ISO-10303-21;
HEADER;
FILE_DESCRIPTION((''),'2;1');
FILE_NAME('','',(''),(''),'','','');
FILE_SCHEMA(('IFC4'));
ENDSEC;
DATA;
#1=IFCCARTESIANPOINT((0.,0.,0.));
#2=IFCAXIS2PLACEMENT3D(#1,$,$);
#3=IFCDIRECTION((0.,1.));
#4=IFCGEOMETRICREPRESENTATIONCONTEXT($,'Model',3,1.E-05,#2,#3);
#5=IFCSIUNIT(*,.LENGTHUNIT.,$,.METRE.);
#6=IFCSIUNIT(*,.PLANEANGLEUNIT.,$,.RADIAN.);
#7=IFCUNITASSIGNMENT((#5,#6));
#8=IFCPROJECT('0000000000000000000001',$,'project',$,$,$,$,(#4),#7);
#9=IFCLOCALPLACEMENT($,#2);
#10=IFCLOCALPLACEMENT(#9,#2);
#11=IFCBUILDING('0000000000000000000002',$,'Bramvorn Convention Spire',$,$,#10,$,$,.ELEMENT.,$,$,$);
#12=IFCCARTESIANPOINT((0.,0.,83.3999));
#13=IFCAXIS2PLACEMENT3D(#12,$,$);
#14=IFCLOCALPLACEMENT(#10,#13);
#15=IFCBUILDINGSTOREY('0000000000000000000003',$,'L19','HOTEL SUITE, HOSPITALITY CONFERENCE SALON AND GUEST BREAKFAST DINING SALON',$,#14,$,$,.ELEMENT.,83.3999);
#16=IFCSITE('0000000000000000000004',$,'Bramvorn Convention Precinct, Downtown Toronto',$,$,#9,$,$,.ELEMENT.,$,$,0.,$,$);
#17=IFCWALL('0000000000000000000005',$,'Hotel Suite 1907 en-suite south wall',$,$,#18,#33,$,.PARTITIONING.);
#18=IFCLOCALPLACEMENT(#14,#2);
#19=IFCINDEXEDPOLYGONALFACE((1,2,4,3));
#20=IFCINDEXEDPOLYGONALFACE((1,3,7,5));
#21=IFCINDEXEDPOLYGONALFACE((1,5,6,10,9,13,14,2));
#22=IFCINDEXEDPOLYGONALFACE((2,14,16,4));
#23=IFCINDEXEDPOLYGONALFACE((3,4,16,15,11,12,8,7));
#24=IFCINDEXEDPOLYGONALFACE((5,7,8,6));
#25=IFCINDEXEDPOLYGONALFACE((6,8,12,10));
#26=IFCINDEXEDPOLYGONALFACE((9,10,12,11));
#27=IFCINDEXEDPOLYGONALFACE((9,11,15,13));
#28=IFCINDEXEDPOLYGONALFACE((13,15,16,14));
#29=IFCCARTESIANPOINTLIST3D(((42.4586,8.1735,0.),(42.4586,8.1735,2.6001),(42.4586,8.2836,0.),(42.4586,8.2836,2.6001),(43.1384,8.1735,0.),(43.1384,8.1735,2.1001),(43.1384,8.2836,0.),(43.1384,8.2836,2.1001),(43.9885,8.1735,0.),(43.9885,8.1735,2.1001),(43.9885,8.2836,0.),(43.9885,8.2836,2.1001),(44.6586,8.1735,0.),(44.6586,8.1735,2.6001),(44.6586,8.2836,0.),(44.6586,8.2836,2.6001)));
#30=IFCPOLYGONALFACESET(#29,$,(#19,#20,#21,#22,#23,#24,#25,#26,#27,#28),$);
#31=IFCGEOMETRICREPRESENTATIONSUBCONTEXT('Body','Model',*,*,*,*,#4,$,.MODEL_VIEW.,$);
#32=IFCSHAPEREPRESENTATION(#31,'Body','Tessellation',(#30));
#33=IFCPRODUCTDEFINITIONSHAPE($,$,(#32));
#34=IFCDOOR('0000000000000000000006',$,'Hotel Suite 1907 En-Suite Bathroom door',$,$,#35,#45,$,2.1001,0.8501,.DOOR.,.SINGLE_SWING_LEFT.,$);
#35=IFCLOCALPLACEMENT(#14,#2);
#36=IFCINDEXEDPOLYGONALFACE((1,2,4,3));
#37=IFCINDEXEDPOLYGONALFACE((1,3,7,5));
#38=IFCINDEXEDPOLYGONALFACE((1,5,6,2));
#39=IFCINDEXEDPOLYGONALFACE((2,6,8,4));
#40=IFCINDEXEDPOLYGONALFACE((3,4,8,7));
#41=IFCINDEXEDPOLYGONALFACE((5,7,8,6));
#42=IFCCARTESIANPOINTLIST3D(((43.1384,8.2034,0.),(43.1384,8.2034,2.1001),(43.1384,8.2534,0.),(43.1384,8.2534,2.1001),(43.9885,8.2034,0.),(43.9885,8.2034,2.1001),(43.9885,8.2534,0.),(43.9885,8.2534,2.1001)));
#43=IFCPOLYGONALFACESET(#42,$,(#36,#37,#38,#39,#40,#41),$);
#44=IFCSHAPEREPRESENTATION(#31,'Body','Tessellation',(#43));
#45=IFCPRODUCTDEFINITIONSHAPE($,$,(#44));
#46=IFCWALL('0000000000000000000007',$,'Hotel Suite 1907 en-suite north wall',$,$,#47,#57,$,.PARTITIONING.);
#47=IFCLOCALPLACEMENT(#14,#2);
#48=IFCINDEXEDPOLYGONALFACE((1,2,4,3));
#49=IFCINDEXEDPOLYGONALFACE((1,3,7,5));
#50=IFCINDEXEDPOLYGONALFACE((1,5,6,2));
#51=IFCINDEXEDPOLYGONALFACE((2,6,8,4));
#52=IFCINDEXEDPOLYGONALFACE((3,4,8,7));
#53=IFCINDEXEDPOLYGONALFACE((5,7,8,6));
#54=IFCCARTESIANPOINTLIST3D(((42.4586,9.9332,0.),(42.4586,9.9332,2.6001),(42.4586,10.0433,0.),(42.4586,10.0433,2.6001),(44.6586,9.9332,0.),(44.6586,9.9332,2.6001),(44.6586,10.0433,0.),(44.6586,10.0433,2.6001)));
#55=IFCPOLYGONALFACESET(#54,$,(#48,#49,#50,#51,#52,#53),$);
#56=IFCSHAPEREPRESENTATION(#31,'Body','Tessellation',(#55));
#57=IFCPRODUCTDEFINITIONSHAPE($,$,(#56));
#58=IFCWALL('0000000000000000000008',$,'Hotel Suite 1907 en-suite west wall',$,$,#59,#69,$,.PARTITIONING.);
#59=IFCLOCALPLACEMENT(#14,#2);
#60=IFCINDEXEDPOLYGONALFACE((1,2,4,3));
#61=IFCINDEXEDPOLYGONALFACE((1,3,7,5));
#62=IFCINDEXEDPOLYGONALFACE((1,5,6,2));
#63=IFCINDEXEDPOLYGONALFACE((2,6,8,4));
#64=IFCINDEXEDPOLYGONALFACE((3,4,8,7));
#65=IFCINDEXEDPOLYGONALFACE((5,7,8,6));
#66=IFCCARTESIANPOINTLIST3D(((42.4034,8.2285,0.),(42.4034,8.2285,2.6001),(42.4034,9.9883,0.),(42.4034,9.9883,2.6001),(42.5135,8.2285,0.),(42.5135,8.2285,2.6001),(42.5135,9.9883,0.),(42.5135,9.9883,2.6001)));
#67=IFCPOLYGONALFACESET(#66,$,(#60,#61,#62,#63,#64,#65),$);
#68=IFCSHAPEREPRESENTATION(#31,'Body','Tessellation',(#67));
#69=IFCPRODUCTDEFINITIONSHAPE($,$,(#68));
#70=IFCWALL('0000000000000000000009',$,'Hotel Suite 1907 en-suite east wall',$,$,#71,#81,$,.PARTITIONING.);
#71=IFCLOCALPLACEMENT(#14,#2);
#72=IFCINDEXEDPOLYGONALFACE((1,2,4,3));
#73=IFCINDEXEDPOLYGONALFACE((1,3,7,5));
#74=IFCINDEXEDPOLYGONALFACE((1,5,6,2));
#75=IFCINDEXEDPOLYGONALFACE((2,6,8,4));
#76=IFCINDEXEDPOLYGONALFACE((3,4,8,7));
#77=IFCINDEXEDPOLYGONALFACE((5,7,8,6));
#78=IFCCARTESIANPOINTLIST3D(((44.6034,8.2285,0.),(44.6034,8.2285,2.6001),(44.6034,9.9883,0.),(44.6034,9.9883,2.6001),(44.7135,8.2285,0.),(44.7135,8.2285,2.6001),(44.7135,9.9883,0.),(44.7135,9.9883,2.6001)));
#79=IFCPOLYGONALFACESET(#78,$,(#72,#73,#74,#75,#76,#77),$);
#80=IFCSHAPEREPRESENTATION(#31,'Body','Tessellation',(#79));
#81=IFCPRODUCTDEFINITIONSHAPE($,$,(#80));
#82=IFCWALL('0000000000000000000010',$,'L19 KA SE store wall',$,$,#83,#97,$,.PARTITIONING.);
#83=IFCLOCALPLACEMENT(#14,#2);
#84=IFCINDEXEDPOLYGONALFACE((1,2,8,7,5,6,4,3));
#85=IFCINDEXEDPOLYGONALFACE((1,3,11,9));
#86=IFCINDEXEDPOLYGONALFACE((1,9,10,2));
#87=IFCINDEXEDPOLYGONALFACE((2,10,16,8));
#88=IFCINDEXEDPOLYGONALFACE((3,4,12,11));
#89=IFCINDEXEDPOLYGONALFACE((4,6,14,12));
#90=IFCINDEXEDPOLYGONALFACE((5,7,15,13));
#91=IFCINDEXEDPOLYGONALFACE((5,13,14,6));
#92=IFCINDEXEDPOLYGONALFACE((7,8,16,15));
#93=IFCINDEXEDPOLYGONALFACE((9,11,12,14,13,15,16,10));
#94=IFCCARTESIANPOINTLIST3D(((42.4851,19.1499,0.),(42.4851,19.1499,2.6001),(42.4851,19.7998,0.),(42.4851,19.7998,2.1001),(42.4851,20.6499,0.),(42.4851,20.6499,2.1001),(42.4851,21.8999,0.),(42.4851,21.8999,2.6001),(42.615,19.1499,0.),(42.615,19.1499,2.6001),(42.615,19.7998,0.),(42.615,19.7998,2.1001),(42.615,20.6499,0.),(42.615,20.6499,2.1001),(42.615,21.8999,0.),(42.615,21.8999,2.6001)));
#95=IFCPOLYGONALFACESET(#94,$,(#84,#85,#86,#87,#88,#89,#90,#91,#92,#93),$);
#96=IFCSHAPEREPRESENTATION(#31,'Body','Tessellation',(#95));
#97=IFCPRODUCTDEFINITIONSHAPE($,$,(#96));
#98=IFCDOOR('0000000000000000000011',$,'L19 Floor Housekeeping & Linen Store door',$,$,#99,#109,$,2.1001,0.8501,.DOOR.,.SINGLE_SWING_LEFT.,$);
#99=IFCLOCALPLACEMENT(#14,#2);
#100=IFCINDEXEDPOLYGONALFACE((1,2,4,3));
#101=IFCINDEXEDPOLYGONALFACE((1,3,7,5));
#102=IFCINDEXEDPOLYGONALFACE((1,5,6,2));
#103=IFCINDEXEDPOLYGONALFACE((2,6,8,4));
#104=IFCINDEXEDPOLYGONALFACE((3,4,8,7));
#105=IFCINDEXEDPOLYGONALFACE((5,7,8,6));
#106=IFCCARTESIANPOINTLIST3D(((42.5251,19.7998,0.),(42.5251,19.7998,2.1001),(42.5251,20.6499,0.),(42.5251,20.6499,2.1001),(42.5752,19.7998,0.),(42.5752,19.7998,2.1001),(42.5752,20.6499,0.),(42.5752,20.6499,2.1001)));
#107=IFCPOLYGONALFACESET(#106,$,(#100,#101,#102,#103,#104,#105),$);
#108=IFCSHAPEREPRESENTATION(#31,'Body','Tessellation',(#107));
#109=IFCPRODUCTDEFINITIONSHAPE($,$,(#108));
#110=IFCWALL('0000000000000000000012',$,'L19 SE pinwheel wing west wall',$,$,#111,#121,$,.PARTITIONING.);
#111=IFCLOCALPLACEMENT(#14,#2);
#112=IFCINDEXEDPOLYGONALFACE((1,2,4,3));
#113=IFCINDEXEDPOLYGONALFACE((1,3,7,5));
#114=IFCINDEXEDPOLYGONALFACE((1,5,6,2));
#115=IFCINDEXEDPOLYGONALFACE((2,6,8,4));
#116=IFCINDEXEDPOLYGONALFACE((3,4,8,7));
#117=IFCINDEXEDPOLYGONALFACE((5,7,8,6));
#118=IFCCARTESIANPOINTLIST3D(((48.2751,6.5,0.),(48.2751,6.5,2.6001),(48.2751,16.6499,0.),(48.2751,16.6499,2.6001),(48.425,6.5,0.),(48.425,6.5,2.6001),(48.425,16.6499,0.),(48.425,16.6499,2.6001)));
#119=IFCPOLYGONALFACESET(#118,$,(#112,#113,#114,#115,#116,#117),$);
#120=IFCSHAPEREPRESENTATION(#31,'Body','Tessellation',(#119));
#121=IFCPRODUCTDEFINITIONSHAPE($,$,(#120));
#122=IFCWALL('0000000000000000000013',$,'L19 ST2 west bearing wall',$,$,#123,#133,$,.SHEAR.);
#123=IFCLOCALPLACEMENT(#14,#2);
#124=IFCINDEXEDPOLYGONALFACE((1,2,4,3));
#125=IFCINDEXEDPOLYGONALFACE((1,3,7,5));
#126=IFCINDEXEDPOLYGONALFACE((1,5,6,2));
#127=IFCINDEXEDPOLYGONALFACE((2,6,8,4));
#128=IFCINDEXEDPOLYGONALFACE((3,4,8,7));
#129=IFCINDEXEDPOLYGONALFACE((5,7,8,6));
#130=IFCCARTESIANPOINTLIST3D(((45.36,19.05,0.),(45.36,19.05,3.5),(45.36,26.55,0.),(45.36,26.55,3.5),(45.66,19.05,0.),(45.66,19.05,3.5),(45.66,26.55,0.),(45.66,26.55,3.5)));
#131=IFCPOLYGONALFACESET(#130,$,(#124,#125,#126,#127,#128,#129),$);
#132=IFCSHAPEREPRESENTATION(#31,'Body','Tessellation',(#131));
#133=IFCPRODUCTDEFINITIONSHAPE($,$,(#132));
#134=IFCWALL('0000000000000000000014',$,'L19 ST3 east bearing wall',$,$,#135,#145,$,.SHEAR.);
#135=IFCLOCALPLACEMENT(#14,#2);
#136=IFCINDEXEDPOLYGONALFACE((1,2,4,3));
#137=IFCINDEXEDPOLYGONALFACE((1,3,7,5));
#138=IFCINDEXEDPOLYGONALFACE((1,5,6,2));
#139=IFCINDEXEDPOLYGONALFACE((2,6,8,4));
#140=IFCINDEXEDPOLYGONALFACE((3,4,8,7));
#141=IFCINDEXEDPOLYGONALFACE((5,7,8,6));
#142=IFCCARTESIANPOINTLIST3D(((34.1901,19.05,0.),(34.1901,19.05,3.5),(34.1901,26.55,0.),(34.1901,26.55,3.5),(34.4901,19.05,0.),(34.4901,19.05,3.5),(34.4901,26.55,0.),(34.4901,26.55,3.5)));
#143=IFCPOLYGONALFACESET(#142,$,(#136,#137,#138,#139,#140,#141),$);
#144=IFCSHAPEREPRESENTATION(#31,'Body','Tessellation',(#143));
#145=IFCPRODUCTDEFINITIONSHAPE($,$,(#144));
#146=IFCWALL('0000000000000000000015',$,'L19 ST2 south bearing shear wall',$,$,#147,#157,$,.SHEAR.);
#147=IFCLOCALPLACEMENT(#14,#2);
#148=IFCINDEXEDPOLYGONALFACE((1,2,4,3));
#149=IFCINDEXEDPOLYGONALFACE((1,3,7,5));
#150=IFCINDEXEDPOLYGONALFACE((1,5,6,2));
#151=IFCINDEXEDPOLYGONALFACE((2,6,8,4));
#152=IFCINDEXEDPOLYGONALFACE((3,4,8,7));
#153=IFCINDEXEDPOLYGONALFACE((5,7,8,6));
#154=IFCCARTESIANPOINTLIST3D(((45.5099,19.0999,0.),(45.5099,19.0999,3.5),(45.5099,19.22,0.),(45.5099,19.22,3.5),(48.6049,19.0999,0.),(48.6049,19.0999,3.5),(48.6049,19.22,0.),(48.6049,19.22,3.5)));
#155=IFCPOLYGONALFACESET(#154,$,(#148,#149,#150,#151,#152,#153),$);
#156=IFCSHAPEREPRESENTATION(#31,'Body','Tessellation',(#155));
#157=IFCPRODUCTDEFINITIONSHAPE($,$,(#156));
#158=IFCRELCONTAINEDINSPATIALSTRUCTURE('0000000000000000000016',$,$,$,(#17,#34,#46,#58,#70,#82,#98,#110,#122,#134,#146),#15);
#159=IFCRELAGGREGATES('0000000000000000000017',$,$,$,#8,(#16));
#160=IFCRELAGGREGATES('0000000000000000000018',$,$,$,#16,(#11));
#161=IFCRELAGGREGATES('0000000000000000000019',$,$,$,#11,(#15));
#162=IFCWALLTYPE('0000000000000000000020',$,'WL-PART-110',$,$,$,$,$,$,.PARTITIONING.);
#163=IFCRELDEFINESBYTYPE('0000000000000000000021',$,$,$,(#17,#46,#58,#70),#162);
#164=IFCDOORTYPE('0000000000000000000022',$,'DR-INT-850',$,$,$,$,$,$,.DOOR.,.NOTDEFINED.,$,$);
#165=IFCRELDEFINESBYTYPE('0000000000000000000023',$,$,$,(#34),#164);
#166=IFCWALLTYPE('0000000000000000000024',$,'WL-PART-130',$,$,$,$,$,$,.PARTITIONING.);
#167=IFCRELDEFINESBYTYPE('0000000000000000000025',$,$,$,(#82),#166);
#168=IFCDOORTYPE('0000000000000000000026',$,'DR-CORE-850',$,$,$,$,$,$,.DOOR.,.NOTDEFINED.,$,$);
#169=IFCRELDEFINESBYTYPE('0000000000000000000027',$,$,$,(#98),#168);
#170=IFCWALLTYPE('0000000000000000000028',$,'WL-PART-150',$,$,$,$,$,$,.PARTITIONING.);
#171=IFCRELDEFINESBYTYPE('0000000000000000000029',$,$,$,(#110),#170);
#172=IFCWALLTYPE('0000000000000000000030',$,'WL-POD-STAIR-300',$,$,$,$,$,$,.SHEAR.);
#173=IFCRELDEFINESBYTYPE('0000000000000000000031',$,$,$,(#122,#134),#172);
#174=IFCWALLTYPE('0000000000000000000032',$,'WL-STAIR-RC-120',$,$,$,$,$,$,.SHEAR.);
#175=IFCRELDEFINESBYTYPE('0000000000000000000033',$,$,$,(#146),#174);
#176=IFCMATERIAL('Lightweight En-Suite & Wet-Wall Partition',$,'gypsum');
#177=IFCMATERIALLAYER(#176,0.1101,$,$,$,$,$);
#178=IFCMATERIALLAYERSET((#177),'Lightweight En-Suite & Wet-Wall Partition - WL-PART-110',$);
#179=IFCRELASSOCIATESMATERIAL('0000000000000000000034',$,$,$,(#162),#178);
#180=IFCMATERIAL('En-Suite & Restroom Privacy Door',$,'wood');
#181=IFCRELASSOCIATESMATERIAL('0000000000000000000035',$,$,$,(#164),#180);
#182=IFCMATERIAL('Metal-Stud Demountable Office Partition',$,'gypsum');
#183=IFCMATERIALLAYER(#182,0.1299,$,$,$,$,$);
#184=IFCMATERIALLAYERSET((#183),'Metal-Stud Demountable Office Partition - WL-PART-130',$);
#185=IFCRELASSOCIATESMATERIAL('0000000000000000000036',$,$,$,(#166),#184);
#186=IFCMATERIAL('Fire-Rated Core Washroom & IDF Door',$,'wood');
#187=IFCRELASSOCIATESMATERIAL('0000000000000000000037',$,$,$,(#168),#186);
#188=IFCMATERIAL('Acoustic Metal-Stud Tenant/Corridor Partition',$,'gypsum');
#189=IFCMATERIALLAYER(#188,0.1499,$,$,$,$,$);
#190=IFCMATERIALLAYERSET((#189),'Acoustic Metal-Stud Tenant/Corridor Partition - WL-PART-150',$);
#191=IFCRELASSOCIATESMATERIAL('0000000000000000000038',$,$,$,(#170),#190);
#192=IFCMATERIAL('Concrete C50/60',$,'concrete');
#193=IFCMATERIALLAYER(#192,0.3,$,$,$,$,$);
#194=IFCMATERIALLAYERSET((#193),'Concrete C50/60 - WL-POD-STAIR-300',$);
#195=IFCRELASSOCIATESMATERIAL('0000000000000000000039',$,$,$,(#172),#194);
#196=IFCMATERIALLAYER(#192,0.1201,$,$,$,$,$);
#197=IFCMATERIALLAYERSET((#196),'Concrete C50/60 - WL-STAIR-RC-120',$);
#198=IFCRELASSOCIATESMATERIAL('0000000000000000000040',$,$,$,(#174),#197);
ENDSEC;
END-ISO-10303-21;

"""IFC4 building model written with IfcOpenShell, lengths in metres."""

from ifc_helpers import new_model, si_unit, direction, frame, frame_2d, origin, place, context, subcontext, project, spatial, rectangle, extrude, material, layer, layer_set, type_object, element, fill, save


model = new_model("IFC4")

# Units and contexts
model_context = context("Model", 3, precision=1e-05, world=origin(), true_north=direction((0.0, 1.0)))
body_context = subcontext(model_context, "Body", "Model", "MODEL_VIEW")
ifc_project = project(units=[si_unit("LENGTHUNIT", "METRE"), si_unit("PLANEANGLEUNIT", "RADIAN")], contexts=[model_context])

# Site, building, storey
site_placement = place(None, origin())
site = spatial("IfcSite", under=ifc_project, at=site_placement, Name="Bramvorn Convention Precinct, Downtown Toronto", CompositionType="ELEMENT", RefElevation=0.0)
building_placement = place(site_placement, origin())
building = spatial("IfcBuilding", under=site, at=building_placement, Name="Bramvorn Convention Spire", CompositionType="ELEMENT")
storey_placement = place(building_placement, frame((0.0, 0.0, 83.3999)))
storey = spatial("IfcBuildingStorey", under=building, at=storey_placement, Name="L19", Description="HOTEL SUITE, HOSPITALITY CONFERENCE SALON AND GUEST BREAKFAST DINING SALON", CompositionType="ELEMENT", Elevation=83.3999)

# Shared definitions
ifc_material_1 = material(Name="Concrete C50/60", Category="concrete")
ifc_material_2 = material(Name="Lightweight En-Suite & Wet-Wall Partition", Category="gypsum")
ifc_layer_1 = layer(ifc_material_2, 0.1101)
ifc_layer_set_1 = layer_set([ifc_layer_1], Name="Lightweight En-Suite & Wet-Wall Partition - WL-PART-110")
wall_type_1 = type_object("IfcWallType", Name="WL-PART-110", PredefinedType="PARTITIONING", material=ifc_layer_set_1)

# Wall, opening, door
wall_1_placement = place(storey_placement, frame((42.4585, 8.2285, 0.0), z_axis=(0.0, 0.0, 1.0), x_axis=(1.0, 0.0, 0.0)))
wall_1 = element("IfcWall", 1, at=wall_1_placement, inside=storey, type_object=wall_type_1, Name="Hotel Suite 1907 en-suite south wall", PredefinedType="PARTITIONING", context=body_context, shape_type="SweptSolid", body=[
    extrude(rectangle(XDim=2.2, YDim=0.1101, at=frame_2d((1.1001, 0.0))), origin(), (0.0, 0.0, 1.0), 2.6001),
])
opening_1_placement = place(wall_1_placement, frame((0.6799, 0.0, 0.0)))
opening_1 = element("IfcOpeningElement", 2, at=opening_1_placement, cuts=wall_1, PredefinedType="OPENING", context=body_context, shape_type="SweptSolid", body=[
    extrude(rectangle(XDim=0.8501, YDim=2.1001, at=frame_2d((0.425, 1.05))), frame((0.0, 0.0649, 0.0), z_axis=(0.0, -1.0, 0.0), x_axis=(1.0, 0.0, 0.0)), (0.0, 0.0, 1.0), 0.1301),
])
ifc_material_3 = material(Name="En-Suite & Restroom Privacy Door", Category="wood")
door_type_1 = type_object("IfcDoorType", Name="DR-INT-850", OperationType="NOTDEFINED", PredefinedType="DOOR", material=ifc_material_3)
door_1_placement = place(opening_1_placement, origin())
door_1 = element("IfcDoor", 3, at=door_1_placement, inside=storey, type_object=door_type_1, Name="Hotel Suite 1907 En-Suite Bathroom door", OperationType="SINGLE_SWING_LEFT", OverallHeight=2.1001, OverallWidth=0.8501, PredefinedType="DOOR", context=body_context, shape_type="SweptSolid", body=[
    extrude(rectangle(XDim=0.8501, YDim=2.1001, at=frame_2d((0.425, 1.05))), frame((0.0, 0.0249, 0.0), z_axis=(0.0, -1.0, 0.0), x_axis=(1.0, 0.0, 0.0)), (0.0, 0.0, 1.0), 0.05),
])
fill(opening_1, door_1)

# Walls
wall_2_placement = place(storey_placement, frame((42.4585, 9.9883, 0.0), z_axis=(0.0, 0.0, 1.0), x_axis=(1.0, 0.0, 0.0)))
element("IfcWall", 4, at=wall_2_placement, inside=storey, type_object=wall_type_1, Name="Hotel Suite 1907 en-suite north wall", PredefinedType="PARTITIONING", context=body_context, shape_type="SweptSolid", body=[
    extrude(rectangle(XDim=2.2, YDim=0.1101, at=frame_2d((1.1001, 0.0))), origin(), (0.0, 0.0, 1.0), 2.6001),
])
for number, where, z_axis, x_axis, name in (
    (5, (42.4585, 8.2285, 0.0), (0.0, 0.0, 1.0), (0.0, 1.0, 0.0), "Hotel Suite 1907 en-suite west wall"),
    (6, (44.6584, 8.2285, 0.0), (0.0, 0.0, 1.0), (0.0, 1.0, 0.0), "Hotel Suite 1907 en-suite east wall"),
):
    element("IfcWall", number, at=place(storey_placement, frame(where, z_axis=z_axis, x_axis=x_axis)), inside=storey, type_object=wall_type_1, Name=name, PredefinedType="PARTITIONING", context=body_context, shape_type="SweptSolid", body=[
        extrude(rectangle(XDim=1.7598, YDim=0.1101, at=frame_2d((0.8799, 0.0))), origin(), (0.0, 0.0, 1.0), 2.6001),
    ])

# Wall, opening, door
ifc_material_4 = material(Name="Metal-Stud Demountable Office Partition", Category="gypsum")
ifc_layer_2 = layer(ifc_material_4, 0.1299)
ifc_layer_set_2 = layer_set([ifc_layer_2], Name="Metal-Stud Demountable Office Partition - WL-PART-130")
wall_type_2 = type_object("IfcWallType", Name="WL-PART-130", PredefinedType="PARTITIONING", material=ifc_layer_set_2)
wall_3_placement = place(storey_placement, frame((42.55, 19.1499, 0.0), z_axis=(0.0, 0.0, 1.0), x_axis=(0.0, 1.0, 0.0)))
wall_3 = element("IfcWall", 7, at=wall_3_placement, inside=storey, type_object=wall_type_2, Name="L19 KA SE store wall", PredefinedType="PARTITIONING", context=body_context, shape_type="SweptSolid", body=[
    extrude(rectangle(XDim=2.75, YDim=0.1299, at=frame_2d((1.375, 0.0))), origin(), (0.0, 0.0, 1.0), 2.6001),
])
opening_2_placement = place(wall_3_placement, frame((0.6499, 0.0, 0.0)))
opening_2 = element("IfcOpeningElement", 8, at=opening_2_placement, cuts=wall_3, PredefinedType="OPENING", context=body_context, shape_type="SweptSolid", body=[
    extrude(rectangle(XDim=0.8501, YDim=2.1001, at=frame_2d((0.425, 1.05))), frame((0.0, 0.075, 0.0), z_axis=(0.0, -1.0, 0.0), x_axis=(1.0, 0.0, 0.0)), (0.0, 0.0, 1.0), 0.1499),
])
ifc_material_5 = material(Name="Fire-Rated Core Washroom & IDF Door", Category="wood")
door_type_2 = type_object("IfcDoorType", Name="DR-CORE-850", OperationType="NOTDEFINED", PredefinedType="DOOR", material=ifc_material_5)
door_2_placement = place(opening_2_placement, origin())
door_2 = element("IfcDoor", 9, at=door_2_placement, inside=storey, type_object=door_type_2, Name="L19 Floor Housekeeping & Linen Store door", OperationType="SINGLE_SWING_LEFT", OverallHeight=2.1001, OverallWidth=0.8501, PredefinedType="DOOR", context=body_context, shape_type="SweptSolid", body=[
    extrude(rectangle(XDim=0.8501, YDim=2.1001, at=frame_2d((0.425, 1.05))), frame((0.0, 0.0249, 0.0), z_axis=(0.0, -1.0, 0.0), x_axis=(1.0, 0.0, 0.0)), (0.0, 0.0, 1.0), 0.05),
])
fill(opening_2, door_2)

# Walls
ifc_material_6 = material(Name="Acoustic Metal-Stud Tenant/Corridor Partition", Category="gypsum")
ifc_layer_3 = layer(ifc_material_6, 0.1499)
ifc_layer_set_3 = layer_set([ifc_layer_3], Name="Acoustic Metal-Stud Tenant/Corridor Partition - WL-PART-150")
wall_type_3 = type_object("IfcWallType", Name="WL-PART-150", PredefinedType="PARTITIONING", material=ifc_layer_set_3)
wall_4_placement = place(storey_placement, frame((48.3501, 6.5, 0.0), z_axis=(0.0, 0.0, 1.0), x_axis=(0.0, 1.0, 0.0)))
element("IfcWall", 10, at=wall_4_placement, inside=storey, type_object=wall_type_3, Name="L19 SE pinwheel wing west wall", PredefinedType="PARTITIONING", context=body_context, shape_type="SweptSolid", body=[
    extrude(rectangle(XDim=10.1499, YDim=0.1499, at=frame_2d((5.075, 0.0))), origin(), (0.0, 0.0, 1.0), 2.6001),
])
ifc_layer_4 = layer(ifc_material_1, 0.3)
ifc_layer_set_4 = layer_set([ifc_layer_4], Name="Concrete C50/60 - WL-POD-STAIR-300")
wall_type_4 = type_object("IfcWallType", Name="WL-POD-STAIR-300", PredefinedType="SHEAR", material=ifc_layer_set_4)
for number, where, z_axis, x_axis, name in (
    (11, (45.51, 19.05, 0.0), (0.0, 0.0, 1.0), (0.0, 1.0, 0.0), "L19 ST2 west bearing wall"),
    (12, (34.3401, 19.05, 0.0), (0.0, 0.0, 1.0), (0.0, 1.0, 0.0), "L19 ST3 east bearing wall"),
):
    element("IfcWall", number, at=place(storey_placement, frame(where, z_axis=z_axis, x_axis=x_axis)), inside=storey, type_object=wall_type_4, Name=name, PredefinedType="SHEAR", context=body_context, shape_type="SweptSolid", body=[
        extrude(rectangle(XDim=7.5, YDim=0.3, at=frame_2d((3.75, 0.0))), origin(), (0.0, 0.0, 1.0), 3.5),
    ])
ifc_layer_5 = layer(ifc_material_1, 0.1201)
ifc_layer_set_5 = layer_set([ifc_layer_5], Name="Concrete C50/60 - WL-STAIR-RC-120")
wall_type_5 = type_object("IfcWallType", Name="WL-STAIR-RC-120", PredefinedType="SHEAR", material=ifc_layer_set_5)
wall_5_placement = place(storey_placement, frame((45.51, 19.1599, 0.0), z_axis=(0.0, 0.0, 1.0), x_axis=(1.0, 0.0, 0.0)))
element("IfcWall", 13, at=wall_5_placement, inside=storey, type_object=wall_type_5, Name="L19 ST2 south bearing shear wall", PredefinedType="SHEAR", context=body_context, shape_type="SweptSolid", body=[
    extrude(rectangle(XDim=3.095, YDim=0.1201, at=frame_2d((1.5474, 0.0))), origin(), (0.0, 0.0, 1.0), 3.5),
])

save(model, "model.ifc")
